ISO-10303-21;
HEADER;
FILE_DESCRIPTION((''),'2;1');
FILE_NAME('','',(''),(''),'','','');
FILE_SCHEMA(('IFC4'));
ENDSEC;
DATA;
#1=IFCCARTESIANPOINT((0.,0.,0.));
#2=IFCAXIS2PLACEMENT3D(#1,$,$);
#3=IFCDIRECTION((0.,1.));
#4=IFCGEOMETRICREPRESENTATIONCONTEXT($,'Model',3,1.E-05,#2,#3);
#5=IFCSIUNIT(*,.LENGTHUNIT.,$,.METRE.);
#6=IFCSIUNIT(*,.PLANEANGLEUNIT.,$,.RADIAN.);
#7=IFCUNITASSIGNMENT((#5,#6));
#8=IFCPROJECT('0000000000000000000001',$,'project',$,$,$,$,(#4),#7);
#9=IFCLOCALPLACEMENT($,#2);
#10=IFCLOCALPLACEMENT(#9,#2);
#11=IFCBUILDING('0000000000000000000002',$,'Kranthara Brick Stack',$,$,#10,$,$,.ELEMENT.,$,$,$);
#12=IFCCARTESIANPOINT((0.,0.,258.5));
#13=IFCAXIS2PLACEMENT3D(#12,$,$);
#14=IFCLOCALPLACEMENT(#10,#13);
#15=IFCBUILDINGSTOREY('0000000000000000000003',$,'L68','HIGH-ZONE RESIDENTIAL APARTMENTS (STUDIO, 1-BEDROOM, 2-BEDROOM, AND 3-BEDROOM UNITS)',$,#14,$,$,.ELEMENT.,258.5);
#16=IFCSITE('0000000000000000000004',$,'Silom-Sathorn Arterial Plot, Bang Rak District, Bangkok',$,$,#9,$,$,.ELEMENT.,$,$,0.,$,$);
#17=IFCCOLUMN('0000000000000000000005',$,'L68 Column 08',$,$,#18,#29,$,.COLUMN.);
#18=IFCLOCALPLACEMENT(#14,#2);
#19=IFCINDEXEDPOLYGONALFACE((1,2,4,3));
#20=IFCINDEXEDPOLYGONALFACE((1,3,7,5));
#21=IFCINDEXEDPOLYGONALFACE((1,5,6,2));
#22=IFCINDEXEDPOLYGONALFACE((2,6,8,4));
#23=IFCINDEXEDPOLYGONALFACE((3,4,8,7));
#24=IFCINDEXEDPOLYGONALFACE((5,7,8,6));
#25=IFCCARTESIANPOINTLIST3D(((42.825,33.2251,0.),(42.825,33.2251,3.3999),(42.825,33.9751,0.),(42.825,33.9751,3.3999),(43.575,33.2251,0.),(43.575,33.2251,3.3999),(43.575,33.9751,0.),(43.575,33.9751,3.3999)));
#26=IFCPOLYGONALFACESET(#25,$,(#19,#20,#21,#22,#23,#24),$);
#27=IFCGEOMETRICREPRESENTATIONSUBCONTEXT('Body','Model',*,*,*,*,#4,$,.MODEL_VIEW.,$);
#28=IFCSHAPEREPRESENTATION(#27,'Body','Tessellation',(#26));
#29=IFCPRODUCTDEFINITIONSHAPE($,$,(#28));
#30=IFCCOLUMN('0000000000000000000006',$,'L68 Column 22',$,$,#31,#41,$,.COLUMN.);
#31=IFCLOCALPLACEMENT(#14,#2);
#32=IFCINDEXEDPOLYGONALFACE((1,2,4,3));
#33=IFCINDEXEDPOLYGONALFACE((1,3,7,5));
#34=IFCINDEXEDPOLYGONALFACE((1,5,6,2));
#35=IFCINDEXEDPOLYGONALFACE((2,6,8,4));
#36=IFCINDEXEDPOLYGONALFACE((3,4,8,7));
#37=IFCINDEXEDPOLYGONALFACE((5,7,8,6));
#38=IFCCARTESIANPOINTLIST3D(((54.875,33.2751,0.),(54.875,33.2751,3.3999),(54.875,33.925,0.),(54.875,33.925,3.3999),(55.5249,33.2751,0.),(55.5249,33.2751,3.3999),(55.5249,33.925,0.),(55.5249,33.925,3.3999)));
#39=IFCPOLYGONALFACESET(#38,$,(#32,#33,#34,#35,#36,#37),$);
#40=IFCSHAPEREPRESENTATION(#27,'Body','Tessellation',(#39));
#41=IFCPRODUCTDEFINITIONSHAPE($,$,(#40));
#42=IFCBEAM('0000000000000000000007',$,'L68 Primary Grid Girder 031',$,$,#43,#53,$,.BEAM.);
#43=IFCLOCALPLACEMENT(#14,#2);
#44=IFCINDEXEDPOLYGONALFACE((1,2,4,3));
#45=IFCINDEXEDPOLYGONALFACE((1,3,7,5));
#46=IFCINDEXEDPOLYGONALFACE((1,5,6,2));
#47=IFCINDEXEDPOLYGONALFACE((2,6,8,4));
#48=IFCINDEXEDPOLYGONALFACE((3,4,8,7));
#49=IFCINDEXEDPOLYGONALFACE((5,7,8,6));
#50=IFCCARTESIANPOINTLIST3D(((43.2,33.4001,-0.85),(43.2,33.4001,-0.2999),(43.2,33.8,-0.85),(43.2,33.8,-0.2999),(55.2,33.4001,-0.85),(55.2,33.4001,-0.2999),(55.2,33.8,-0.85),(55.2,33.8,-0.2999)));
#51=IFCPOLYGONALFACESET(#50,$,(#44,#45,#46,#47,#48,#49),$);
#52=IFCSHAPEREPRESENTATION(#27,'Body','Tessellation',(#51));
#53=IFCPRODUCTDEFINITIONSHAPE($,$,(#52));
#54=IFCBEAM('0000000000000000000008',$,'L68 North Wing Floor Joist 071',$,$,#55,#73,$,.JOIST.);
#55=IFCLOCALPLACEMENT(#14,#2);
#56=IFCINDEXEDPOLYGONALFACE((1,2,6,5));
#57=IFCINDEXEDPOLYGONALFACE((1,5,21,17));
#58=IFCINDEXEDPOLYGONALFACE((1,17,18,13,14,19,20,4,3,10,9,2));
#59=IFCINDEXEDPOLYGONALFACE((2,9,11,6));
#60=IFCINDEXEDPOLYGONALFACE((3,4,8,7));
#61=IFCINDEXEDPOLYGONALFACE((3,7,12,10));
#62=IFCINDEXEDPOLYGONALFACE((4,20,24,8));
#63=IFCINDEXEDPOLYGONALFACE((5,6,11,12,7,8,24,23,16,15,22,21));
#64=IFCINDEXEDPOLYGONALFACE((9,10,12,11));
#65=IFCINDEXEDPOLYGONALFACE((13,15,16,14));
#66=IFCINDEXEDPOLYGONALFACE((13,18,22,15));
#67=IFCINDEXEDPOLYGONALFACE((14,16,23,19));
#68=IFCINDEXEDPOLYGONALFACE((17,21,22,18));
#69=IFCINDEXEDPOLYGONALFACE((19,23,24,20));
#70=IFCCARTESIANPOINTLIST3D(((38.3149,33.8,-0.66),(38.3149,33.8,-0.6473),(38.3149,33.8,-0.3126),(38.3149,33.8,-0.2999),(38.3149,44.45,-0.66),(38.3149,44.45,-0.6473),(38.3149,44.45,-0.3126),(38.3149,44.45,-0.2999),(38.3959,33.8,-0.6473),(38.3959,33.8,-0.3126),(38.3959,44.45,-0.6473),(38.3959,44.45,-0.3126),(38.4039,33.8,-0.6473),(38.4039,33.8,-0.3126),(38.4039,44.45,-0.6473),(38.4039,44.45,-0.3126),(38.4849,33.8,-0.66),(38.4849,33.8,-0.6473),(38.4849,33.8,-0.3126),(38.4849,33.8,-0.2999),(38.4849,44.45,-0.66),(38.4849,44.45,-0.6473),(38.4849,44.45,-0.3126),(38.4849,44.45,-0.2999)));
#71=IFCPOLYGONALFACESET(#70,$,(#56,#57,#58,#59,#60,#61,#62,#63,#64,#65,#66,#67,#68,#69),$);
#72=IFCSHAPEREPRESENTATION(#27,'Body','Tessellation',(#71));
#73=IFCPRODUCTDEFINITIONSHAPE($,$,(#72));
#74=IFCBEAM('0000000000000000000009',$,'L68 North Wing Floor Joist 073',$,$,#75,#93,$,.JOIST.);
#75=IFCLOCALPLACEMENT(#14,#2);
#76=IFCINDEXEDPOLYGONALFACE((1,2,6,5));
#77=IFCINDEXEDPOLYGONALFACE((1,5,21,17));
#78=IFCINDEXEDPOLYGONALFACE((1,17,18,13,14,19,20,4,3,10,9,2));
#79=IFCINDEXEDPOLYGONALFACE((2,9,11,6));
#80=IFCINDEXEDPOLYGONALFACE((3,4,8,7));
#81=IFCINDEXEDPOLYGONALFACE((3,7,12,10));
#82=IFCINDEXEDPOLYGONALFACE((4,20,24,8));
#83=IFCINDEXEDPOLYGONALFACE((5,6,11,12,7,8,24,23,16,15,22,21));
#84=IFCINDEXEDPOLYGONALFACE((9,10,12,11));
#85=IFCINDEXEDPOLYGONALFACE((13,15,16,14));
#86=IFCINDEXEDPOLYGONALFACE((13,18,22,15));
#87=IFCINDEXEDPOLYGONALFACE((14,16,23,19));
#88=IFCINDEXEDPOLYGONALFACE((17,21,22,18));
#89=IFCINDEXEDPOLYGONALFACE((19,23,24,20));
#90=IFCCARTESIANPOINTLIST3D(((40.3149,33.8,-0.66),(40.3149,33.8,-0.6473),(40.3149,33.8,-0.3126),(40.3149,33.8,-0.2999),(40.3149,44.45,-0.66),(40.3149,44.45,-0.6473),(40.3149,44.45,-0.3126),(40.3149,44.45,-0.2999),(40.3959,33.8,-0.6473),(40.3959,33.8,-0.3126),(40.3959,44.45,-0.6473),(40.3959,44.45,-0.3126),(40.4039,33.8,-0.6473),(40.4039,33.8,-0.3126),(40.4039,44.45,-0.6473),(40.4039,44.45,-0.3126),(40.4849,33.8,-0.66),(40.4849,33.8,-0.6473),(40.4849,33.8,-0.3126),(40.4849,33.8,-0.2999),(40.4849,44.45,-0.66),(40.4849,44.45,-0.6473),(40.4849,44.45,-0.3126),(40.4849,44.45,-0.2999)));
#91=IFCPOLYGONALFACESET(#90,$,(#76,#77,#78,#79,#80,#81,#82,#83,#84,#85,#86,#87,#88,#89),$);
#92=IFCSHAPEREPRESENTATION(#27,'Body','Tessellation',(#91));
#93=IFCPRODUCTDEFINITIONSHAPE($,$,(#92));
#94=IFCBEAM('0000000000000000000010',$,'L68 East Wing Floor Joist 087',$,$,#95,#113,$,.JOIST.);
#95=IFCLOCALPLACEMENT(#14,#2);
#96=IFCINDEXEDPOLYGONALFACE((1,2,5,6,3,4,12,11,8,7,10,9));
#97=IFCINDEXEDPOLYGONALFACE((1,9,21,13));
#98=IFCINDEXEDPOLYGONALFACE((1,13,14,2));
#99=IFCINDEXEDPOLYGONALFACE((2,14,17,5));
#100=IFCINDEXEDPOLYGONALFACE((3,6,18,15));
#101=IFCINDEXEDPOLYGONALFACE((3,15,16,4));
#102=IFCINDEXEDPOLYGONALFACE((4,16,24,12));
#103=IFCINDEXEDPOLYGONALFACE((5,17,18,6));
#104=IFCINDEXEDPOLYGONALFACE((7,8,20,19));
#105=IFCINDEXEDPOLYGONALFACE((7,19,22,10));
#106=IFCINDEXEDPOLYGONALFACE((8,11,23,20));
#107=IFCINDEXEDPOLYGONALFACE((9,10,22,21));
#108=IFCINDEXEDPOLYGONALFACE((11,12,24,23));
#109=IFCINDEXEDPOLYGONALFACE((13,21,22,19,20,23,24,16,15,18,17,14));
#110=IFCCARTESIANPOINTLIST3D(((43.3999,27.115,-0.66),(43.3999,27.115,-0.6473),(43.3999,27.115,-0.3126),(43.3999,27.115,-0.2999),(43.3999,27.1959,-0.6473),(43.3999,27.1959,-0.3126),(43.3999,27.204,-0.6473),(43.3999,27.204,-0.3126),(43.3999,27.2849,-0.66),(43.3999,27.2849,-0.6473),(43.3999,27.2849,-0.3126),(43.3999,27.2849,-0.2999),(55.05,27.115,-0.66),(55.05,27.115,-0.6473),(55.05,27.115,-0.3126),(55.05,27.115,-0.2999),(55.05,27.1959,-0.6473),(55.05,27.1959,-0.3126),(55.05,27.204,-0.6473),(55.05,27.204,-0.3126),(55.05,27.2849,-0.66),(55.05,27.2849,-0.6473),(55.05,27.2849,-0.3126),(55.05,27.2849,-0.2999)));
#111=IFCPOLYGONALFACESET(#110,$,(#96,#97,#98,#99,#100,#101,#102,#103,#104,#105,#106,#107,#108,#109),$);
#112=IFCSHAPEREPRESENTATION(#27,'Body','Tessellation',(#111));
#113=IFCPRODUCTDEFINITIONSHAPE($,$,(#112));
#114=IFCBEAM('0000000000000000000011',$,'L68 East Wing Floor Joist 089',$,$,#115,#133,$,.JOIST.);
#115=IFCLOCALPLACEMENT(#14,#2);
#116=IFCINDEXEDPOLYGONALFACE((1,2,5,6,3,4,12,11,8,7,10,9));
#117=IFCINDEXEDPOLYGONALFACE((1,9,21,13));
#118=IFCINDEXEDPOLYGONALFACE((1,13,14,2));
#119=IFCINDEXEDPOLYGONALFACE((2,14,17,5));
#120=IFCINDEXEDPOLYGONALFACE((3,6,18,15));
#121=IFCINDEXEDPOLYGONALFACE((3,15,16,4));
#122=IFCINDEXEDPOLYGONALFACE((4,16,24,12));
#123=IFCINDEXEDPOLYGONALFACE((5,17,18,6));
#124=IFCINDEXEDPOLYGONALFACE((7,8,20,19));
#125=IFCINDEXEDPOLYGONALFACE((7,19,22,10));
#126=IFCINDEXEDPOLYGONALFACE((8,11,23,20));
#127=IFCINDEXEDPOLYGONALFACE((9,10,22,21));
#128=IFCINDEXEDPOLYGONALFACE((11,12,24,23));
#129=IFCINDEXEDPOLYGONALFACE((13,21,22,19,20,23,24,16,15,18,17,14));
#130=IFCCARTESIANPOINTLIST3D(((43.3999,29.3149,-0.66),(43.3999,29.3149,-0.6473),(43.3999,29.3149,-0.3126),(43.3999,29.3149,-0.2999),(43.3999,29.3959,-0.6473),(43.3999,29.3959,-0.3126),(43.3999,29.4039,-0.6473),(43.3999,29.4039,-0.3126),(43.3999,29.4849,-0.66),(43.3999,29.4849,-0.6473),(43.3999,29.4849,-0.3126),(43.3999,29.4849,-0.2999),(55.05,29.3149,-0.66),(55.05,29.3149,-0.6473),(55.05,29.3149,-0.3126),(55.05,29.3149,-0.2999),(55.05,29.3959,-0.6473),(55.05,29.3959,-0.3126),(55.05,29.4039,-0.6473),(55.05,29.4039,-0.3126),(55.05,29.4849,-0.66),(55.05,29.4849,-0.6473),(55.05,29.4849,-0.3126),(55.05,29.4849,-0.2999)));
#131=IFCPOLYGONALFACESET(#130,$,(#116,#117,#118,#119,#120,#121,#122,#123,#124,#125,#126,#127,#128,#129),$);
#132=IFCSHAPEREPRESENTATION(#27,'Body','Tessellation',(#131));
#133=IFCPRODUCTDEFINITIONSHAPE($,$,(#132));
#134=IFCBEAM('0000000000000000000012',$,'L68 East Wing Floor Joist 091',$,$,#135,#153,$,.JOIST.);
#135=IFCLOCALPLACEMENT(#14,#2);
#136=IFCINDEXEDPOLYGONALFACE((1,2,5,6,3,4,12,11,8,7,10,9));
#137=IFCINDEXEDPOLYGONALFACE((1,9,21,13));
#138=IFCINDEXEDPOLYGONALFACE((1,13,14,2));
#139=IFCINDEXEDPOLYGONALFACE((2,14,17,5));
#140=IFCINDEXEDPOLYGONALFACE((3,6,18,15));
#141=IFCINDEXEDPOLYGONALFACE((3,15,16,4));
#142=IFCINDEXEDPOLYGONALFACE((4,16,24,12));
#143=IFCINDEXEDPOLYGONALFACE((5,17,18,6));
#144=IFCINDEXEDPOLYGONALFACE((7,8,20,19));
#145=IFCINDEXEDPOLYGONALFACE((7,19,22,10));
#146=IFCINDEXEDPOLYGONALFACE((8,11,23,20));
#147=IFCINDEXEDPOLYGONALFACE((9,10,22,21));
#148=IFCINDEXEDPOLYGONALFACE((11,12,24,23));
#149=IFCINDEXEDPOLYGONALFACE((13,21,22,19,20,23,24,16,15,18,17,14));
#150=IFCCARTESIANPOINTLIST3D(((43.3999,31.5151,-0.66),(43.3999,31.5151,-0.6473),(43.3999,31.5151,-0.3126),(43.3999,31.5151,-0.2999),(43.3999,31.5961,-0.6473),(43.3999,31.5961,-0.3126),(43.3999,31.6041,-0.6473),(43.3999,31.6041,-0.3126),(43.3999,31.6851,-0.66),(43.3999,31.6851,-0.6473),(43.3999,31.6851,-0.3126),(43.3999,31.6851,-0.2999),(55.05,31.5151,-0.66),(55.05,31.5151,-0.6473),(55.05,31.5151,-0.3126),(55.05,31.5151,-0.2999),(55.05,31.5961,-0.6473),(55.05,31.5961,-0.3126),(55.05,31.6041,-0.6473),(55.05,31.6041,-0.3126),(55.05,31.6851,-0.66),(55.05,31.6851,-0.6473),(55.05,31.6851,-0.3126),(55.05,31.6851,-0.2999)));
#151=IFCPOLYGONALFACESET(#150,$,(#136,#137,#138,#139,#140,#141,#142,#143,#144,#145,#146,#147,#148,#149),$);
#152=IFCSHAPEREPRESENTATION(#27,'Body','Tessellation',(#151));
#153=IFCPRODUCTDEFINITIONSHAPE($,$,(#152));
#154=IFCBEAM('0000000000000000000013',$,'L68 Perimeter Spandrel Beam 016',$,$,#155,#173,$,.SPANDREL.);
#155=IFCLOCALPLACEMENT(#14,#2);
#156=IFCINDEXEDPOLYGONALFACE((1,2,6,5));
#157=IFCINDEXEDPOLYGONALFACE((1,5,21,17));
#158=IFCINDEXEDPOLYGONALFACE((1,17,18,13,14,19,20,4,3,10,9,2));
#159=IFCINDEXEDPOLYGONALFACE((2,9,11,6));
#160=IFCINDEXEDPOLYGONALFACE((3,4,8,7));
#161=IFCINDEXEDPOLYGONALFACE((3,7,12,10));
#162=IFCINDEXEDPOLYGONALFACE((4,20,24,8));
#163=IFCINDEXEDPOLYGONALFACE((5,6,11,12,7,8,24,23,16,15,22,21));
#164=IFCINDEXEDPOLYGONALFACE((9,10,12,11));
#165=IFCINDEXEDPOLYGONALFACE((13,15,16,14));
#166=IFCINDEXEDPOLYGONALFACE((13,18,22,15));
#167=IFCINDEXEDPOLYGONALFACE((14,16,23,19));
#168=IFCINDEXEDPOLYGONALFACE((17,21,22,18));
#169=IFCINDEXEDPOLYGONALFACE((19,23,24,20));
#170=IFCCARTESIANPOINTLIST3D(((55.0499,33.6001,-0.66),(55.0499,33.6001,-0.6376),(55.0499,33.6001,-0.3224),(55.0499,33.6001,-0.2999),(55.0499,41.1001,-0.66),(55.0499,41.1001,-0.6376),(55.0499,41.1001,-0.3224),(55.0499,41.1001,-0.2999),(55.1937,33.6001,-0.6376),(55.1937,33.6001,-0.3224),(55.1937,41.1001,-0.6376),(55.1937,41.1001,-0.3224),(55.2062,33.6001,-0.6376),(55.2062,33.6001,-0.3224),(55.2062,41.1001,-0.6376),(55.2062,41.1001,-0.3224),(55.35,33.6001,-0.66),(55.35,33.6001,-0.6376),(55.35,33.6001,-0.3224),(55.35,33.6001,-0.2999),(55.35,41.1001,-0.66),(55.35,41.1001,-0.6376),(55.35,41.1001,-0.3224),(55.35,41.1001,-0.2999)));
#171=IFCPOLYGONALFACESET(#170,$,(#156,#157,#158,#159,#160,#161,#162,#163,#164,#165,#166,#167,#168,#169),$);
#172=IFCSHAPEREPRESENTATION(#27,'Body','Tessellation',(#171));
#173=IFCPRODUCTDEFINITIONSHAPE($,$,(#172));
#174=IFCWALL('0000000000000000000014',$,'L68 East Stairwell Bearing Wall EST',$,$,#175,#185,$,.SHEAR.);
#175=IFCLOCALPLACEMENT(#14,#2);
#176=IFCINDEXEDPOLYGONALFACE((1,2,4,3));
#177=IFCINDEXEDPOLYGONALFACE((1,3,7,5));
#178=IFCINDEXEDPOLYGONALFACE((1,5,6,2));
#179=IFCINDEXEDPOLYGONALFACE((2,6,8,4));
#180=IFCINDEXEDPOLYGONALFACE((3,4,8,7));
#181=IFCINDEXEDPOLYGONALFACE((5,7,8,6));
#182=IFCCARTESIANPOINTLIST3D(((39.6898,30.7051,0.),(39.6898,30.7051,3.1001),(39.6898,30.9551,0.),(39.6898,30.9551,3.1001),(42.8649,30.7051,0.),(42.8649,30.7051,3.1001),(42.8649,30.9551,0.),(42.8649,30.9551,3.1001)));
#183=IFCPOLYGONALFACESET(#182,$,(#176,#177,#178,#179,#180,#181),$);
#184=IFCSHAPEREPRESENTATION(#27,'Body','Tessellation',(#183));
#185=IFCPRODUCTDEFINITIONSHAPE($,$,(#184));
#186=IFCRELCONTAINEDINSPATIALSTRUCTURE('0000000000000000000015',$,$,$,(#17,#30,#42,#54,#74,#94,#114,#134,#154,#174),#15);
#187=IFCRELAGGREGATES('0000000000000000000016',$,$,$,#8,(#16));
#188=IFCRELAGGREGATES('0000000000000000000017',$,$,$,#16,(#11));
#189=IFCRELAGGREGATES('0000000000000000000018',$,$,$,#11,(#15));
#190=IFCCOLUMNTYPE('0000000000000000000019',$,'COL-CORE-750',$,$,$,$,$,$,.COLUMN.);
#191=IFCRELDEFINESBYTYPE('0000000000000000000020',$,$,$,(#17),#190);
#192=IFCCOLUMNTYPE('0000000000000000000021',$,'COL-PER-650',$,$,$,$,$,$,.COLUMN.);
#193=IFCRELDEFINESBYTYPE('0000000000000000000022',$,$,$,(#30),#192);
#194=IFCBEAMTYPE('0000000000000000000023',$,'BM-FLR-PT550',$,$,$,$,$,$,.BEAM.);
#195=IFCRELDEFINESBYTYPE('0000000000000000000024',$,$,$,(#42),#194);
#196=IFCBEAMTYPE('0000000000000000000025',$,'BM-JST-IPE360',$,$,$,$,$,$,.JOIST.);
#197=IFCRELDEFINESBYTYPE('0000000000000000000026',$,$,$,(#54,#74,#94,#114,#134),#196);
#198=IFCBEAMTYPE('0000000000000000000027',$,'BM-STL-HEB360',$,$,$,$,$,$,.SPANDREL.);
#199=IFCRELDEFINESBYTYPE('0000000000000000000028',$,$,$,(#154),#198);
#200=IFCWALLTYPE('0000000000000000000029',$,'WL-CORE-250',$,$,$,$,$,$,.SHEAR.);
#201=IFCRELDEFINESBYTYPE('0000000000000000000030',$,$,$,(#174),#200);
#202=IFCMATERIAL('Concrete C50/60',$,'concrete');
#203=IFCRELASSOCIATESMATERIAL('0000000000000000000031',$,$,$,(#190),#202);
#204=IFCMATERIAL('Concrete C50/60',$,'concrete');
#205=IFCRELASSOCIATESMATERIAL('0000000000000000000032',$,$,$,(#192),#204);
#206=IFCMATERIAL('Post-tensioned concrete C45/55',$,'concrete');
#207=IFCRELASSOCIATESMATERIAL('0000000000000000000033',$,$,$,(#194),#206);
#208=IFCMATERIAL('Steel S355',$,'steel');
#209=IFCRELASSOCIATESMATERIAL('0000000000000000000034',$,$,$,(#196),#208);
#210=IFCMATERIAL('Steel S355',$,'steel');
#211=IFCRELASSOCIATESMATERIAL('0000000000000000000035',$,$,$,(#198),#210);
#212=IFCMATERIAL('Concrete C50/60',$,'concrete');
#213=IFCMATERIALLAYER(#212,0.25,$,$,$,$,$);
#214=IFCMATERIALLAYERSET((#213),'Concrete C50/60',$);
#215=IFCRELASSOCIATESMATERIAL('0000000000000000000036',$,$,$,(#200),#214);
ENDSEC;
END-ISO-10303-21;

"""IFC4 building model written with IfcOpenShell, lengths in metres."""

from ifc_helpers import new_model, si_unit, direction, frame, frame_2d, origin, origin_2d, place, context, subcontext, project, spatial, rectangle, i_section, extrude, material, layer, layer_set, material_profile, profile_set, type_object, element, save


model = new_model("IFC4")

# Units and contexts
model_context = context("Model", 3, precision=1e-05, world=origin(), true_north=direction((0.0, 1.0)))
body_context = subcontext(model_context, "Body", "Model", "MODEL_VIEW")
ifc_project = project(units=[si_unit("LENGTHUNIT", "METRE"), si_unit("PLANEANGLEUNIT", "RADIAN")], contexts=[model_context])

# Site, building, storey
site_placement = place(None, origin())
site = spatial("IfcSite", under=ifc_project, at=site_placement, Name="Silom-Sathorn Arterial Plot, Bang Rak District, Bangkok", CompositionType="ELEMENT", RefElevation=0.0)
building_placement = place(site_placement, origin())
building = spatial("IfcBuilding", under=site, at=building_placement, Name="Kranthara Brick Stack", CompositionType="ELEMENT")
storey_placement = place(building_placement, frame((0.0, 0.0, 258.5)))
storey = spatial("IfcBuildingStorey", under=building, at=storey_placement, Name="L68", Description="HIGH-ZONE RESIDENTIAL APARTMENTS (STUDIO, 1-BEDROOM, 2-BEDROOM, AND 3-BEDROOM UNITS)", CompositionType="ELEMENT", Elevation=258.5)

# Columns
ifc_material_1 = material(Name="Concrete C50/60", Category="concrete")
ifc_material_profile_1 = material_profile(ifc_material_1, rectangle(XDim=0.75, YDim=0.75, at=origin_2d()), Name="RC 750x750")
ifc_profile_set_1 = profile_set([ifc_material_profile_1], Name="Concrete C50/60")
column_type_1 = type_object("IfcColumnType", Name="COL-CORE-750", PredefinedType="COLUMN", material=ifc_profile_set_1)
column_1_placement = place(storey_placement, frame((43.2, 33.6001, 0.0), z_axis=(0.0, 0.0, 1.0), x_axis=(1.0, 0.0, 0.0)))
element("IfcColumn", 1, at=column_1_placement, inside=storey, type_object=column_type_1, Name="L68 Column 08", PredefinedType="COLUMN", context=body_context, shape_type="SweptSolid", body=[
    extrude(rectangle(XDim=0.75, YDim=0.75, at=origin_2d()), origin(), (0.0, 0.0, 1.0), 3.3999),
])
ifc_material_2 = material(Name="Concrete C50/60", Category="concrete")
ifc_material_profile_2 = material_profile(ifc_material_2, rectangle(XDim=0.6499, YDim=0.6499, at=origin_2d()), Name="RC 650x650")
ifc_profile_set_2 = profile_set([ifc_material_profile_2], Name="Concrete C50/60")
column_type_2 = type_object("IfcColumnType", Name="COL-PER-650", PredefinedType="COLUMN", material=ifc_profile_set_2)
column_2_placement = place(storey_placement, frame((55.2, 33.6001, 0.0), z_axis=(0.0, 0.0, 1.0), x_axis=(1.0, 0.0, 0.0)))
element("IfcColumn", 2, at=column_2_placement, inside=storey, type_object=column_type_2, Name="L68 Column 22", PredefinedType="COLUMN", context=body_context, shape_type="SweptSolid", body=[
    extrude(rectangle(XDim=0.6499, YDim=0.6499, at=origin_2d()), origin(), (0.0, 0.0, 1.0), 3.3999),
])

# Beams
ifc_material_3 = material(Name="Post-tensioned concrete C45/55", Category="concrete")
ifc_material_profile_3 = material_profile(ifc_material_3, rectangle(XDim=0.3999, YDim=0.55, at=origin_2d()), Name="PT 400x550")
ifc_profile_set_3 = profile_set([ifc_material_profile_3], Name="Post-tensioned concrete C45/55")
beam_type_1 = type_object("IfcBeamType", Name="BM-FLR-PT550", PredefinedType="BEAM", material=ifc_profile_set_3)
beam_1_placement = place(storey_placement, frame((43.2, 33.6001, -0.575), z_axis=(1.0, 0.0, 0.0), x_axis=(0.0, 1.0, 0.0)))
element("IfcBeam", 3, at=beam_1_placement, inside=storey, type_object=beam_type_1, Name="L68 Primary Grid Girder 031", PredefinedType="BEAM", context=body_context, shape_type="SweptSolid", body=[
    extrude(rectangle(XDim=0.3999, YDim=0.55, at=origin_2d()), origin(), (0.0, 0.0, 1.0), 12.0),
])
ifc_material_4 = material(Name="Steel S355", Category="steel")
ifc_material_profile_4 = material_profile(ifc_material_4, i_section(OverallWidth=0.1699, OverallDepth=0.3601, WebThickness=0.0081, FlangeThickness=0.0127, at=origin_2d()), Name="IPE 360")
ifc_profile_set_4 = profile_set([ifc_material_profile_4], Name="Steel S355")
beam_type_2 = type_object("IfcBeamType", Name="BM-JST-IPE360", PredefinedType="JOIST", material=ifc_profile_set_4)
for number, where, z_axis, x_axis, name in (
    (4, (38.3999, 33.8, -0.48), (0.0, 1.0, 0.0), (-1.0, 0.0, 0.0), "L68 North Wing Floor Joist 071"),
    (5, (40.3999, 33.8, -0.48), (0.0, 1.0, 0.0), (-1.0, 0.0, 0.0), "L68 North Wing Floor Joist 073"),
):
    element("IfcBeam", number, at=place(storey_placement, frame(where, z_axis=z_axis, x_axis=x_axis)), inside=storey, type_object=beam_type_2, Name=name, PredefinedType="JOIST", context=body_context, shape_type="SweptSolid", body=[
        extrude(i_section(OverallWidth=0.1699, OverallDepth=0.3601, WebThickness=0.0081, FlangeThickness=0.0127, at=origin_2d()), origin(), (0.0, 0.0, 1.0), 10.6499),
    ])
for number, where, z_axis, x_axis, name in (
    (6, (43.3999, 27.2, -0.48), (1.0, 0.0, 0.0), (0.0, 1.0, 0.0), "L68 East Wing Floor Joist 087"),
    (7, (43.3999, 29.3999, -0.48), (1.0, 0.0, 0.0), (0.0, 1.0, 0.0), "L68 East Wing Floor Joist 089"),
    (8, (43.3999, 31.6001, -0.48), (1.0, 0.0, 0.0), (0.0, 1.0, 0.0), "L68 East Wing Floor Joist 091"),
):
    element("IfcBeam", number, at=place(storey_placement, frame(where, z_axis=z_axis, x_axis=x_axis)), inside=storey, type_object=beam_type_2, Name=name, PredefinedType="JOIST", context=body_context, shape_type="SweptSolid", body=[
        extrude(i_section(OverallWidth=0.1699, OverallDepth=0.3601, WebThickness=0.0081, FlangeThickness=0.0127, at=origin_2d()), origin(), (0.0, 0.0, 1.0), 11.6501),
    ])
ifc_material_5 = material(Name="Steel S355", Category="steel")
ifc_material_profile_5 = material_profile(ifc_material_5, i_section(OverallWidth=0.3, OverallDepth=0.3601, WebThickness=0.0125, FlangeThickness=0.0225, at=origin_2d()), Name="HEB 360")
ifc_profile_set_5 = profile_set([ifc_material_profile_5], Name="Steel S355")
beam_type_3 = type_object("IfcBeamType", Name="BM-STL-HEB360", PredefinedType="SPANDREL", material=ifc_profile_set_5)
beam_2_placement = place(storey_placement, frame((55.2, 33.6001, -0.48), z_axis=(0.0, 1.0, 0.0), x_axis=(-1.0, 0.0, 0.0)))
element("IfcBeam", 9, at=beam_2_placement, inside=storey, type_object=beam_type_3, Name="L68 Perimeter Spandrel Beam 016", PredefinedType="SPANDREL", context=body_context, shape_type="SweptSolid", body=[
    extrude(i_section(OverallWidth=0.3, OverallDepth=0.3601, WebThickness=0.0125, FlangeThickness=0.0225, at=origin_2d()), origin(), (0.0, 0.0, 1.0), 7.5),
])

# Wall
ifc_material_6 = material(Name="Concrete C50/60", Category="concrete")
ifc_layer_1 = layer(ifc_material_6, 0.25)
ifc_layer_set_1 = layer_set([ifc_layer_1], Name="Concrete C50/60")
wall_type_1 = type_object("IfcWallType", Name="WL-CORE-250", PredefinedType="SHEAR", material=ifc_layer_set_1)
wall_1_placement = place(storey_placement, frame((39.6899, 30.8301, 0.0), z_axis=(0.0, 0.0, 1.0), x_axis=(1.0, 0.0, 0.0)))
element("IfcWall", 10, at=wall_1_placement, inside=storey, type_object=wall_type_1, Name="L68 East Stairwell Bearing Wall EST", PredefinedType="SHEAR", context=body_context, shape_type="SweptSolid", body=[
    extrude(rectangle(XDim=3.175, YDim=0.25, at=frame_2d((1.5874, 0.0))), origin(), (0.0, 0.0, 1.0), 3.1001),
])

save(model, "model.ifc")
